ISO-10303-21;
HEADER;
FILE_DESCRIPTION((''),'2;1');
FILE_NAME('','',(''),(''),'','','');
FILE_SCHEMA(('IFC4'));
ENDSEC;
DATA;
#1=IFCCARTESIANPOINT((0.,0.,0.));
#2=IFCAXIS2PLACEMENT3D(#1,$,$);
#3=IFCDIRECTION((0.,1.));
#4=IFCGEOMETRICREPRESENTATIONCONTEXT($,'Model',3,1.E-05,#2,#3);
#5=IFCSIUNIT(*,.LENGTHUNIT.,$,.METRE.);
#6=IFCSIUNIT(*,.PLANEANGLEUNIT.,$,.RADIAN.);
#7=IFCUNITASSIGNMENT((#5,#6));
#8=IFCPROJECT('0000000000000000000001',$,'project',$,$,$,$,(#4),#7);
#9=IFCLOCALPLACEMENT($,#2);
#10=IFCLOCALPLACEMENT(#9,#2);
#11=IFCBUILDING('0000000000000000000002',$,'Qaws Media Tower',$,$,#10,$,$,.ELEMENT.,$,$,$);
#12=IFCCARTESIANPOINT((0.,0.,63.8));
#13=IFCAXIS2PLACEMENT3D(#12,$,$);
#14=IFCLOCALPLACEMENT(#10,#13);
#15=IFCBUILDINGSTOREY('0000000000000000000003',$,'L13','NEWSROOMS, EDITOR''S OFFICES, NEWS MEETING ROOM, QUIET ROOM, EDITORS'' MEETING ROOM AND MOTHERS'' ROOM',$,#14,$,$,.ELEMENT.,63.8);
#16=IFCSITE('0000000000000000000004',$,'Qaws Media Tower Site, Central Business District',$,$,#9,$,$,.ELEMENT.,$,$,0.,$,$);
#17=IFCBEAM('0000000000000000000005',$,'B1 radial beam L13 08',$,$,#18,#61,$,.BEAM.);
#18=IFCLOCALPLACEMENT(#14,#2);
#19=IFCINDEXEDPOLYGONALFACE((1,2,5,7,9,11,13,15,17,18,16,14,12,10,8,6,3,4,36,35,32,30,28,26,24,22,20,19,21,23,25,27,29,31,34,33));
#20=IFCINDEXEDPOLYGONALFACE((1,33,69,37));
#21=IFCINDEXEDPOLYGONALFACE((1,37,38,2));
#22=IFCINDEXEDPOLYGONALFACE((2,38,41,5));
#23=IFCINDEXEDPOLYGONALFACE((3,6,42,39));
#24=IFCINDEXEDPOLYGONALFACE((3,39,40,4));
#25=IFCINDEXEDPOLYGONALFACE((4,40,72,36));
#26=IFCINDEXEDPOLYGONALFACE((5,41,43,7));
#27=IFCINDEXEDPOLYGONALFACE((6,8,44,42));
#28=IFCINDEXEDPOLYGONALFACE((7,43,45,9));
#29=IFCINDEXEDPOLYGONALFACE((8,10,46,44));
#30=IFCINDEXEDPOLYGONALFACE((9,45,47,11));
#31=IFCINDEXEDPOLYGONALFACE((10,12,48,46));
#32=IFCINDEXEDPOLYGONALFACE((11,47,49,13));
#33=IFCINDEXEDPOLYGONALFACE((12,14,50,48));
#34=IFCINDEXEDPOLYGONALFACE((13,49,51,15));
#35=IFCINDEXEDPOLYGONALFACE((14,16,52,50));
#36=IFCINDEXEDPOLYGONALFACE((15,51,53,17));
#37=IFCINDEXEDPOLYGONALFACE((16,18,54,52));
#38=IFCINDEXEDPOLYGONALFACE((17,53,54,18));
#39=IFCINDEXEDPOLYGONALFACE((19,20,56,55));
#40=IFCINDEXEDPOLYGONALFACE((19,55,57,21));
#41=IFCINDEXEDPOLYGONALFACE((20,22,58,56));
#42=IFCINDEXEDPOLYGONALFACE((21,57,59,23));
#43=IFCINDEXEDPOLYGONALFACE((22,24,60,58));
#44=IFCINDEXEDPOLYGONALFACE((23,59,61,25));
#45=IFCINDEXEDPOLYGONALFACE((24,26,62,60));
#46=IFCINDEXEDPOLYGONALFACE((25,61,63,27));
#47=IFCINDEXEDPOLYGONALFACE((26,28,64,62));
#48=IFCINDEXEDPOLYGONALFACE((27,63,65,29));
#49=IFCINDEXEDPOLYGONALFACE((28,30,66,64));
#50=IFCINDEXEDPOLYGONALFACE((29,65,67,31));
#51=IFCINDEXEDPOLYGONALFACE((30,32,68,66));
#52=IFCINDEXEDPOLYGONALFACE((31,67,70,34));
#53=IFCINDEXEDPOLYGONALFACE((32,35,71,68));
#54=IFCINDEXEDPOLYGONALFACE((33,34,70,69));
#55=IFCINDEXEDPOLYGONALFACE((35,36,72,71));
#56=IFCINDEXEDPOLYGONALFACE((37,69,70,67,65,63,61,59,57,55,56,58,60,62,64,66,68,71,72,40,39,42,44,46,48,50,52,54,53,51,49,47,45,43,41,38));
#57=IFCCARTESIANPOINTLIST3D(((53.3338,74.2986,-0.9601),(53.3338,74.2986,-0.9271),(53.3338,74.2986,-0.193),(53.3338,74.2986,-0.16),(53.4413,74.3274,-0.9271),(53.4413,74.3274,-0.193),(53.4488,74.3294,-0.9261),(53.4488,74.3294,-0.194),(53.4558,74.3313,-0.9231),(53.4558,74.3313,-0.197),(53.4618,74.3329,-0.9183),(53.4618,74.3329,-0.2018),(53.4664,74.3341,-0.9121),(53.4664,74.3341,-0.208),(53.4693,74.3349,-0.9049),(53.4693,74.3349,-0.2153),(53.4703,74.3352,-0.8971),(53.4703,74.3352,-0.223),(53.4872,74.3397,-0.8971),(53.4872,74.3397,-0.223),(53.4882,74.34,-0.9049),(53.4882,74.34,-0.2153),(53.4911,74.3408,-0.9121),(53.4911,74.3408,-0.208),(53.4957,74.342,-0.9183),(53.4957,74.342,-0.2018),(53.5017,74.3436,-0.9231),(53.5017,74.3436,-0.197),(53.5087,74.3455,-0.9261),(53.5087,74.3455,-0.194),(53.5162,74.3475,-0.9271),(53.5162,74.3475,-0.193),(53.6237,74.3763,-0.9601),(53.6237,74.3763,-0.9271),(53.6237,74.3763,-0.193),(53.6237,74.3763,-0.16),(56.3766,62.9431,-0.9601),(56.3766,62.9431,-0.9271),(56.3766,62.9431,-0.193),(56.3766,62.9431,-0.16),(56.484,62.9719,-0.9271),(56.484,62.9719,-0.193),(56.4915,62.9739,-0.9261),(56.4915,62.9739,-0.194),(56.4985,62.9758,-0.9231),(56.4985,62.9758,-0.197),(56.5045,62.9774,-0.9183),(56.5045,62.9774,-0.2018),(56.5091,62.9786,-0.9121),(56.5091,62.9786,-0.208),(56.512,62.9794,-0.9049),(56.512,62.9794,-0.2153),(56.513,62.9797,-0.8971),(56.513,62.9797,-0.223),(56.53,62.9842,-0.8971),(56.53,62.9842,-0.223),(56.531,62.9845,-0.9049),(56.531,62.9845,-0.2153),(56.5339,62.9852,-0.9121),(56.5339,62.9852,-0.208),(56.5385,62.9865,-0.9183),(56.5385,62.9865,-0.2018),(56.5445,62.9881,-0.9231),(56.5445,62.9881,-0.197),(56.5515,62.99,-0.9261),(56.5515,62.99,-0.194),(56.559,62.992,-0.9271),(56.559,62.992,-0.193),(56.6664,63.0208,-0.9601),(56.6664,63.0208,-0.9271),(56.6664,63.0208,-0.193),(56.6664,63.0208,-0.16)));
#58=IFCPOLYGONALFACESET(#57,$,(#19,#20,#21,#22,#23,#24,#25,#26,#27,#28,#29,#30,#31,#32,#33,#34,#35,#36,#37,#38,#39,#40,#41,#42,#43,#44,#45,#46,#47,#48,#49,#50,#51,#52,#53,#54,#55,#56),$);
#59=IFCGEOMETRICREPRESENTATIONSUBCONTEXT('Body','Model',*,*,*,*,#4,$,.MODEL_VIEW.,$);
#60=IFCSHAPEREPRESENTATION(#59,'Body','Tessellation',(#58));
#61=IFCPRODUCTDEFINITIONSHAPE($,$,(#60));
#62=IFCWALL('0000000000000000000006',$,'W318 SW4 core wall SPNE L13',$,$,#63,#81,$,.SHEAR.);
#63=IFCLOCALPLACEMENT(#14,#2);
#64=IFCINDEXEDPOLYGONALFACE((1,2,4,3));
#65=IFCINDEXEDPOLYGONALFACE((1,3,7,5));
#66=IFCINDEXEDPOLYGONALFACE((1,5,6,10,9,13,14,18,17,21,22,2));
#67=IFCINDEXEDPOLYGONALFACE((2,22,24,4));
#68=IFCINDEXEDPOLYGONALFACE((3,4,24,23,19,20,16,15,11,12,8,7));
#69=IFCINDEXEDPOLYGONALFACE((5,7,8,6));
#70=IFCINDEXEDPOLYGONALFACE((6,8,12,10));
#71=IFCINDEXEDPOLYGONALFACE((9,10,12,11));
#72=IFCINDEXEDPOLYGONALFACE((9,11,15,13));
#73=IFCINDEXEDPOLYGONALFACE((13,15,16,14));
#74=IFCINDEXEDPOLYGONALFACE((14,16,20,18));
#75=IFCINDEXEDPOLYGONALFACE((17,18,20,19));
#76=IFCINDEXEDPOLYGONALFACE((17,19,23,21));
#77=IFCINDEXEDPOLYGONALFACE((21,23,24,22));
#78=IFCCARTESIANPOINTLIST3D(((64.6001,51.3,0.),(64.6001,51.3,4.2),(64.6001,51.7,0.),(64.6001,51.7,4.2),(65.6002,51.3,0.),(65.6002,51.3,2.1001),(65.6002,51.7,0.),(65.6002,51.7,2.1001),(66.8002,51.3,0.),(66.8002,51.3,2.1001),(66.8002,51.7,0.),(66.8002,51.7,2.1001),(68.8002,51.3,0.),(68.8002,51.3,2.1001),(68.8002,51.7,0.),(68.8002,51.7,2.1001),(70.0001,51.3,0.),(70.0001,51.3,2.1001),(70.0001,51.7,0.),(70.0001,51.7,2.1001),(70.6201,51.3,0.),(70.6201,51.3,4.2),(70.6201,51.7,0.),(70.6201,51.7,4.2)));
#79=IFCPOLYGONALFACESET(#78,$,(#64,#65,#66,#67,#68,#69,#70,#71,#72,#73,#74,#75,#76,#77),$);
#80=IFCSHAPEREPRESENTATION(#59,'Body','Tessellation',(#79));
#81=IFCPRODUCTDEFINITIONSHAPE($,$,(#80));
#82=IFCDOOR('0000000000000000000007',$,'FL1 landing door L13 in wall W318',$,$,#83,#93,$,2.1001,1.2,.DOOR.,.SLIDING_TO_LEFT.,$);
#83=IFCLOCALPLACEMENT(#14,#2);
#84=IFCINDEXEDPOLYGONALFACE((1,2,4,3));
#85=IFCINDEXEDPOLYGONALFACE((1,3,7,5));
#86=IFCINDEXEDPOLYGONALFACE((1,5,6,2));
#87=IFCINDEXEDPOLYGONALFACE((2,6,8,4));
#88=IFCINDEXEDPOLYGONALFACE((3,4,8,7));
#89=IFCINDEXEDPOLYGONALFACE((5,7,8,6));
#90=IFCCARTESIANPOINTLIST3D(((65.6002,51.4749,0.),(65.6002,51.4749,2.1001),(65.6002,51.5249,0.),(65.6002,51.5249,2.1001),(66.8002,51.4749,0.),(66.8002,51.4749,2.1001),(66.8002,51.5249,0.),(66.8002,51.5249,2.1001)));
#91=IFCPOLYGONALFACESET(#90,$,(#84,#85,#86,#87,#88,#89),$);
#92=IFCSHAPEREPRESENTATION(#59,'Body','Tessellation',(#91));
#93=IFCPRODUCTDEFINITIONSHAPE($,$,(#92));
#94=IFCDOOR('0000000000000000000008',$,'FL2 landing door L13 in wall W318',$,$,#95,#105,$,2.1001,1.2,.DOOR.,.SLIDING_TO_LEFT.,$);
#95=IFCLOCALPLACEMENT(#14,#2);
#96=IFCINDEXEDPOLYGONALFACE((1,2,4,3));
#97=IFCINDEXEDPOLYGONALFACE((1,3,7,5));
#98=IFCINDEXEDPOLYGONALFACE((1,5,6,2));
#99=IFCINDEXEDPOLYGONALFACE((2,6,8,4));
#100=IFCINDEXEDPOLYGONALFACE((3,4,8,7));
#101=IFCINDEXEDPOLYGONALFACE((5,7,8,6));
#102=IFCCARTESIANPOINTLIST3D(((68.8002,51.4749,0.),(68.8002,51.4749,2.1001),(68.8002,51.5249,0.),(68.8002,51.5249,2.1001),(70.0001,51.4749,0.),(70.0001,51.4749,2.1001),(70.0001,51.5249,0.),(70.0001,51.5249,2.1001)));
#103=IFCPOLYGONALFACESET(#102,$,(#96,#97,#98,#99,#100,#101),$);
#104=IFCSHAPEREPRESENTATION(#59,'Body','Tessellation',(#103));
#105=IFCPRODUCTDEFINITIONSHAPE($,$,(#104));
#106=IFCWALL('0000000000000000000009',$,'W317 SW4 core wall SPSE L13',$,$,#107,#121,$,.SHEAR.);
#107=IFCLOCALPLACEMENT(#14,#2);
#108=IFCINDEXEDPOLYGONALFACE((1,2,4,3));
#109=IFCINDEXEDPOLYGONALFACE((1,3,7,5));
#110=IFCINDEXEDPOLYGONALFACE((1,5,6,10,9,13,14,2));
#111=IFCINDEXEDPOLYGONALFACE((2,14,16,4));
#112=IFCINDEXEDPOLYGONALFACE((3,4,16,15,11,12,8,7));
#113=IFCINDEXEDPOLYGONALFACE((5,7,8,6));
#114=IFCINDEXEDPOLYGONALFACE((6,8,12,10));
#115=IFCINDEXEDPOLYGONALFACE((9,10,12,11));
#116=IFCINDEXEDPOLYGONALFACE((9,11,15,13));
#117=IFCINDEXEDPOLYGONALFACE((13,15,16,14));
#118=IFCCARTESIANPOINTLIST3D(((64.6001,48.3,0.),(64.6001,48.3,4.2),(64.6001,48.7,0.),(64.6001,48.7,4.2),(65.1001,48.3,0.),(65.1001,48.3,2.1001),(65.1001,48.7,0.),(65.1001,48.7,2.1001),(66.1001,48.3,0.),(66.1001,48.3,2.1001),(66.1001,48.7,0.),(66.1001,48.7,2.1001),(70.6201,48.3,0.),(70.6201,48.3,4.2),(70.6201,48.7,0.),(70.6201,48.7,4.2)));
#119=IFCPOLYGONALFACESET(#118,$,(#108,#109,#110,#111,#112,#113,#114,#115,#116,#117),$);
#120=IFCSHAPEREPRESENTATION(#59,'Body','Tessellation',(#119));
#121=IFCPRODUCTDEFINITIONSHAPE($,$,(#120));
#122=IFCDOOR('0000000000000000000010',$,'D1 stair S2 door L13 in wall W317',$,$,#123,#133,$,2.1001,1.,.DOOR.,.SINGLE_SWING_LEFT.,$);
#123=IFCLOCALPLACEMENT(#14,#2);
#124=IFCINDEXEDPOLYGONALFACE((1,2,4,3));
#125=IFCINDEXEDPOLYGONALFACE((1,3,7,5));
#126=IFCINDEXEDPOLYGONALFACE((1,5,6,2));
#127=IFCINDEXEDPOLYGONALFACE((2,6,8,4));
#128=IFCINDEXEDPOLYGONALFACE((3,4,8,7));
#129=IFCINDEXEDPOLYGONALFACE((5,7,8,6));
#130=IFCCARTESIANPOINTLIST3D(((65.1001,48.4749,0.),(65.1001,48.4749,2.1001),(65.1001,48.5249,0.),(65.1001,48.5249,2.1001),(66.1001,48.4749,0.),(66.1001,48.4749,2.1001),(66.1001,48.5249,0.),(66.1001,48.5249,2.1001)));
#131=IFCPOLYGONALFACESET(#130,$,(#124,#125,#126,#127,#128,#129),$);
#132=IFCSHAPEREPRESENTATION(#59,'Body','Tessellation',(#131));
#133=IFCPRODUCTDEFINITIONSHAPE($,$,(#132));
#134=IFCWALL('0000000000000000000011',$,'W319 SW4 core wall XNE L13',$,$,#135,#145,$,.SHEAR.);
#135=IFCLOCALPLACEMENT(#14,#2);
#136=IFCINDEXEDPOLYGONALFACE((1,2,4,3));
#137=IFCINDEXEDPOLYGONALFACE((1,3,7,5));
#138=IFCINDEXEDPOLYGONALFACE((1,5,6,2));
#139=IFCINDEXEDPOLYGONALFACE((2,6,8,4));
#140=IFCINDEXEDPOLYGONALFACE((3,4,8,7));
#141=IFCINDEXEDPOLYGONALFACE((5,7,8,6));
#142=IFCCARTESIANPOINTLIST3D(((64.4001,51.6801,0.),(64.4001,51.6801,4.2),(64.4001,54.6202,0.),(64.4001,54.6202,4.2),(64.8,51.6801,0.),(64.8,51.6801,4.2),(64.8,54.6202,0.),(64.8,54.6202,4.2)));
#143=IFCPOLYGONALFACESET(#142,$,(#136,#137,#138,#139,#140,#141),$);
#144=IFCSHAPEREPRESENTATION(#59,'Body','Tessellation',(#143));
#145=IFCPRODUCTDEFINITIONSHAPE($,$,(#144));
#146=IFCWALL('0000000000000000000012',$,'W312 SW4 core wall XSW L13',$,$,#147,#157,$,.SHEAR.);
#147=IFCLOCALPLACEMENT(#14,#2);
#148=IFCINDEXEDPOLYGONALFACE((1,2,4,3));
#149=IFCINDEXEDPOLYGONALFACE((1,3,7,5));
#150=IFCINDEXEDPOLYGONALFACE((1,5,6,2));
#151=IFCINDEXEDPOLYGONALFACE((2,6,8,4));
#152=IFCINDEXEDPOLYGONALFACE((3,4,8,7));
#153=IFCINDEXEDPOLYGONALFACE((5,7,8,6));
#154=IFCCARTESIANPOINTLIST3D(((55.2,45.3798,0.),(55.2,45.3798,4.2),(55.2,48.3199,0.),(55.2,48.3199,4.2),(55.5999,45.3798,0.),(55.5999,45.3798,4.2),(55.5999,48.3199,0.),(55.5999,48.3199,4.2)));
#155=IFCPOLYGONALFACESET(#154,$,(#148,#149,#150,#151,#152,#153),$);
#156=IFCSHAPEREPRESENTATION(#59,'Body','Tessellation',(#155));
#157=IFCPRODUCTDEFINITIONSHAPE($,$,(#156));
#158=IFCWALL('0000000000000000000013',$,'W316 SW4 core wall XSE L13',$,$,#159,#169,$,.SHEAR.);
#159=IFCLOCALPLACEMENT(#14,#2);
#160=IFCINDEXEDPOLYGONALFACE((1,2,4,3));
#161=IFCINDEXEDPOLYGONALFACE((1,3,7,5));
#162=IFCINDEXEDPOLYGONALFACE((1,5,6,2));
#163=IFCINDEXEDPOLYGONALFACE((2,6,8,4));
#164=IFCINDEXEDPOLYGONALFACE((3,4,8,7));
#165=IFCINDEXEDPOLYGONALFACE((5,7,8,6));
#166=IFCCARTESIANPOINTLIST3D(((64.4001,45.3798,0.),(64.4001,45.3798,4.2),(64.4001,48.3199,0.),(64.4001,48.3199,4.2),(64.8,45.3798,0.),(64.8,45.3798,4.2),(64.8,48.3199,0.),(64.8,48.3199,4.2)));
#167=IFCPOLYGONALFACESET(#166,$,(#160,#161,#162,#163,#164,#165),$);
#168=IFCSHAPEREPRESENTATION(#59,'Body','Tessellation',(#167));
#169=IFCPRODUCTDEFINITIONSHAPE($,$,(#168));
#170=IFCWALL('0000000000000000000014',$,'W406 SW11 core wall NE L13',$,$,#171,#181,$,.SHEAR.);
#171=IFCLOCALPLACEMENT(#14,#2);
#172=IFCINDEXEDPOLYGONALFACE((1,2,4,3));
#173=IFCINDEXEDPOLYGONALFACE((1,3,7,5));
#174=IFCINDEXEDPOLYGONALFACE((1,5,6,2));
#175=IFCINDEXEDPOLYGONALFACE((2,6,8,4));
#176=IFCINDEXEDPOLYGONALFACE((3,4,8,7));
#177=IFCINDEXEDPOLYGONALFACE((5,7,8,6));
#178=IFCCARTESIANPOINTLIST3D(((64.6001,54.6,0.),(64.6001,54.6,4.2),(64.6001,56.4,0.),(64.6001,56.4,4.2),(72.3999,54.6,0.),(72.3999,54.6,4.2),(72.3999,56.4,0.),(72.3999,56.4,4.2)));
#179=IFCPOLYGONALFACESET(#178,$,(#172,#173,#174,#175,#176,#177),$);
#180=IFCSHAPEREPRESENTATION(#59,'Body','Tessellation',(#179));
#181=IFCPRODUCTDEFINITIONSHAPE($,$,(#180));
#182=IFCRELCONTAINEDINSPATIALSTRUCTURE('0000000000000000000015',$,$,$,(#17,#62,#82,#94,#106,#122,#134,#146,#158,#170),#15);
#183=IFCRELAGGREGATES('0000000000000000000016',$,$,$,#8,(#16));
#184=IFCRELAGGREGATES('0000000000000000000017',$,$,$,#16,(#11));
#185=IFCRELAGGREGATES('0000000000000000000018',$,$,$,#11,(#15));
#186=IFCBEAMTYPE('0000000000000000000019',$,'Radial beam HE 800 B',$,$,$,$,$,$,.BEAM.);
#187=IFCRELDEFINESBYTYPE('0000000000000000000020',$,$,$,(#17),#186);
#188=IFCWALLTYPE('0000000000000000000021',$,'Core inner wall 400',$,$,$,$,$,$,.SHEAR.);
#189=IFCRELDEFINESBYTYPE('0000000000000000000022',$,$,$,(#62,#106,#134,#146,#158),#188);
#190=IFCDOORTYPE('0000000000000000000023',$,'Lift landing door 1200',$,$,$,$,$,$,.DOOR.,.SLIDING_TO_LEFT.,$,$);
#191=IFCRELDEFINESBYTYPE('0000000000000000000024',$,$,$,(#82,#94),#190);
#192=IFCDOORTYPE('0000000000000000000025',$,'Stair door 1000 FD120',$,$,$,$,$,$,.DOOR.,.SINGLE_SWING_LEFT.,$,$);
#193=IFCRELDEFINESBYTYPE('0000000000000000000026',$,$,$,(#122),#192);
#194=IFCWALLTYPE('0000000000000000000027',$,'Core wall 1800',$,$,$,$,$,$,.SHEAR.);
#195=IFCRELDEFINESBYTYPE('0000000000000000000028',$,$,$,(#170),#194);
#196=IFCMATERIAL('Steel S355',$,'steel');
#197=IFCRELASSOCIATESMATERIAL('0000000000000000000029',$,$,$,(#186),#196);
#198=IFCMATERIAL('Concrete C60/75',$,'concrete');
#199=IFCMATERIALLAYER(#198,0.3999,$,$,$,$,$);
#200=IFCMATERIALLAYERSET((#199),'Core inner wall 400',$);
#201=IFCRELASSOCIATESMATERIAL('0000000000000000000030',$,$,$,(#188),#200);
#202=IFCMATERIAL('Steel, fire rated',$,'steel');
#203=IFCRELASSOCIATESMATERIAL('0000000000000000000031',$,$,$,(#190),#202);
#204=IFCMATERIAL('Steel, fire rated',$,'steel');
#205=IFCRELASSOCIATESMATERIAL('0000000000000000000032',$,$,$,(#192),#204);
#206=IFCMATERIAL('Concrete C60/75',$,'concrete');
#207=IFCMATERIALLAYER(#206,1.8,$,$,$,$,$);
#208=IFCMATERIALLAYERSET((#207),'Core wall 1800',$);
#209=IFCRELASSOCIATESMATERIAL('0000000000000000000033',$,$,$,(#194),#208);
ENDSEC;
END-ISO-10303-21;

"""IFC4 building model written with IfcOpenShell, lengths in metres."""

from ifc_helpers import new_model, si_unit, direction, frame, frame_2d, origin, origin_2d, place, context, subcontext, project, spatial, rectangle, i_section, extrude, material, layer, layer_set, material_profile, profile_set, type_object, element, fill, save


model = new_model("IFC4")

# Units and contexts
model_context = context("Model", 3, precision=1e-05, world=origin(), true_north=direction((0.0, 1.0)))
body_context = subcontext(model_context, "Body", "Model", "MODEL_VIEW")
ifc_project = project(units=[si_unit("LENGTHUNIT", "METRE"), si_unit("PLANEANGLEUNIT", "RADIAN")], contexts=[model_context])

# Site, building, storey
site_placement = place(None, origin())
site = spatial("IfcSite", under=ifc_project, at=site_placement, Name="Qaws Media Tower Site, Central Business District", CompositionType="ELEMENT", RefElevation=0.0)
building_placement = place(site_placement, origin())
building = spatial("IfcBuilding", under=site, at=building_placement, Name="Qaws Media Tower", CompositionType="ELEMENT")
storey_placement = place(building_placement, frame((0.0, 0.0, 63.8)))
storey = spatial("IfcBuildingStorey", under=building, at=storey_placement, Name="L13", Description="NEWSROOMS, EDITOR'S OFFICES, NEWS MEETING ROOM, QUIET ROOM, EDITORS' MEETING ROOM AND MOTHERS' ROOM", CompositionType="ELEMENT", Elevation=63.8)

# Beam
ifc_material_1 = material(Name="Steel S355", Category="steel")
ifc_material_profile_1 = material_profile(ifc_material_1, i_section(OverallWidth=0.3, OverallDepth=0.8, WebThickness=0.0176, FlangeThickness=0.033, FilletRadius=0.03, at=origin_2d()), Name="HE 800 B")
ifc_profile_set_1 = profile_set([ifc_material_profile_1], Name="Steel S355")
beam_type_1 = type_object("IfcBeamType", Name="Radial beam HE 800 B", PredefinedType="BEAM", material=ifc_profile_set_1)
beam_1_placement = place(storey_placement, frame((56.5215, 62.9819, -0.5601), z_axis=(-0.258822, 0.965925, 0.0), x_axis=(-0.965925, -0.258822, 0.0)))
element("IfcBeam", 1, at=beam_1_placement, inside=storey, type_object=beam_type_1, Name="B1 radial beam L13 08", PredefinedType="BEAM", context=body_context, shape_type="SweptSolid", body=[
    extrude(i_section(OverallWidth=0.3, OverallDepth=0.8, WebThickness=0.0176, FlangeThickness=0.033, FilletRadius=0.03, at=origin_2d()), origin(), (0.0, 0.0, 1.0), 11.7561),
])

# Wall, openings, doors
ifc_material_2 = material(Name="Concrete C60/75", Category="concrete")
ifc_layer_1 = layer(ifc_material_2, 0.3999)
ifc_layer_set_1 = layer_set([ifc_layer_1], Name="Core inner wall 400")
wall_type_1 = type_object("IfcWallType", Name="Core inner wall 400", PredefinedType="SHEAR", material=ifc_layer_set_1)
wall_1_placement = place(storey_placement, frame((64.6001, 51.5, 0.0), z_axis=(0.0, 0.0, 1.0), x_axis=(1.0, 0.0, 0.0)))
wall_1 = element("IfcWall", 2, at=wall_1_placement, inside=storey, type_object=wall_type_1, Name="W318 SW4 core wall SPNE L13", PredefinedType="SHEAR", context=body_context, shape_type="SweptSolid", body=[
    extrude(rectangle(XDim=6.02, YDim=0.3999, at=frame_2d((3.01, 0.0))), origin(), (0.0, 0.0, 1.0), 4.2),
])
opening_1_placement = place(wall_1_placement, frame((1.0, 0.0, 0.0)))
opening_1 = element("IfcOpeningElement", 3, at=opening_1_placement, cuts=wall_1, PredefinedType="OPENING", context=body_context, shape_type="SweptSolid", body=[
    extrude(rectangle(XDim=1.2, YDim=2.1001, at=frame_2d((0.6001, 1.05))), frame((0.0, 0.21, 0.0), z_axis=(0.0, -1.0, 0.0), x_axis=(1.0, 0.0, 0.0)), (0.0, 0.0, 1.0), 0.4199),
])
opening_2_placement = place(wall_1_placement, frame((4.2, 0.0, 0.0)))
opening_2 = element("IfcOpeningElement", 4, at=opening_2_placement, cuts=wall_1, PredefinedType="OPENING", context=body_context, shape_type="SweptSolid", body=[
    extrude(rectangle(XDim=1.2, YDim=2.1001, at=frame_2d((0.6001, 1.05))), frame((0.0, 0.21, 0.0), z_axis=(0.0, -1.0, 0.0), x_axis=(1.0, 0.0, 0.0)), (0.0, 0.0, 1.0), 0.4199),
])
ifc_material_3 = material(Name="Steel, fire rated", Category="steel")
door_type_1 = type_object("IfcDoorType", Name="Lift landing door 1200", OperationType="SLIDING_TO_LEFT", PredefinedType="DOOR", material=ifc_material_3)
door_1_placement = place(opening_1_placement, origin())
door_1 = element("IfcDoor", 5, at=door_1_placement, inside=storey, type_object=door_type_1, Name="FL1 landing door L13 in wall W318", OperationType="SLIDING_TO_LEFT", OverallHeight=2.1001, OverallWidth=1.2, PredefinedType="DOOR", context=body_context, shape_type="SweptSolid", body=[
    extrude(rectangle(XDim=1.2, YDim=2.1001, at=frame_2d((0.6001, 1.05))), frame((0.0, 0.0249, 0.0), z_axis=(0.0, -1.0, 0.0), x_axis=(1.0, 0.0, 0.0)), (0.0, 0.0, 1.0), 0.05),
])
fill(opening_1, door_1)
door_2_placement = place(opening_2_placement, origin())
door_2 = element("IfcDoor", 6, at=door_2_placement, inside=storey, type_object=door_type_1, Name="FL2 landing door L13 in wall W318", OperationType="SLIDING_TO_LEFT", OverallHeight=2.1001, OverallWidth=1.2, PredefinedType="DOOR", context=body_context, shape_type="SweptSolid", body=[
    extrude(rectangle(XDim=1.2, YDim=2.1001, at=frame_2d((0.6001, 1.05))), frame((0.0, 0.0249, 0.0), z_axis=(0.0, -1.0, 0.0), x_axis=(1.0, 0.0, 0.0)), (0.0, 0.0, 1.0), 0.05),
])
fill(opening_2, door_2)

# Wall, opening, door
wall_2_placement = place(storey_placement, frame((64.6001, 48.5, 0.0), z_axis=(0.0, 0.0, 1.0), x_axis=(1.0, 0.0, 0.0)))
wall_2 = element("IfcWall", 7, at=wall_2_placement, inside=storey, type_object=wall_type_1, Name="W317 SW4 core wall SPSE L13", PredefinedType="SHEAR", context=body_context, shape_type="SweptSolid", body=[
    extrude(rectangle(XDim=6.02, YDim=0.3999, at=frame_2d((3.01, 0.0))), origin(), (0.0, 0.0, 1.0), 4.2),
])
opening_3_placement = place(wall_2_placement, frame((0.5, 0.0, 0.0)))
opening_3 = element("IfcOpeningElement", 8, at=opening_3_placement, cuts=wall_2, PredefinedType="OPENING", context=body_context, shape_type="SweptSolid", body=[
    extrude(rectangle(XDim=1.0, YDim=2.1001, at=frame_2d((0.5, 1.05))), frame((0.0, 0.21, 0.0), z_axis=(0.0, -1.0, 0.0), x_axis=(1.0, 0.0, 0.0)), (0.0, 0.0, 1.0), 0.4199),
])
ifc_material_4 = material(Name="Steel, fire rated", Category="steel")
door_type_2 = type_object("IfcDoorType", Name="Stair door 1000 FD120", OperationType="SINGLE_SWING_LEFT", PredefinedType="DOOR", material=ifc_material_4)
door_3_placement = place(opening_3_placement, origin())
door_3 = element("IfcDoor", 9, at=door_3_placement, inside=storey, type_object=door_type_2, Name="D1 stair S2 door L13 in wall W317", OperationType="SINGLE_SWING_LEFT", OverallHeight=2.1001, OverallWidth=1.0, PredefinedType="DOOR", context=body_context, shape_type="SweptSolid", body=[
    extrude(rectangle(XDim=1.0, YDim=2.1001, at=frame_2d((0.5, 1.05))), frame((0.0, 0.0249, 0.0), z_axis=(0.0, -1.0, 0.0), x_axis=(1.0, 0.0, 0.0)), (0.0, 0.0, 1.0), 0.05),
])
fill(opening_3, door_3)

# Walls
for number, where, z_axis, x_axis, name in (
    (10, (64.6001, 51.6799, 0.0), (0.0, 0.0, 1.0), (0.0, 1.0, 0.0), "W319 SW4 core wall XNE L13"),
    (11, (55.3999, 48.3201, 0.0), (0.0, 0.0, 1.0), (0.0, -1.0, 0.0), "W312 SW4 core wall XSW L13"),
    (12, (64.6001, 48.3201, 0.0), (0.0, 0.0, 1.0), (0.0, -1.0, 0.0), "W316 SW4 core wall XSE L13"),
):
    element("IfcWall", number, at=place(storey_placement, frame(where, z_axis=z_axis, x_axis=x_axis)), inside=storey, type_object=wall_type_1, Name=name, PredefinedType="SHEAR", context=body_context, shape_type="SweptSolid", body=[
        extrude(rectangle(XDim=2.9402, YDim=0.3999, at=frame_2d((1.4702, 0.0))), origin(), (0.0, 0.0, 1.0), 4.2),
    ])
ifc_material_5 = material(Name="Concrete C60/75", Category="concrete")
ifc_layer_2 = layer(ifc_material_5, 1.8)
ifc_layer_set_2 = layer_set([ifc_layer_2], Name="Core wall 1800")
wall_type_2 = type_object("IfcWallType", Name="Core wall 1800", PredefinedType="SHEAR", material=ifc_layer_set_2)
wall_3_placement = place(storey_placement, frame((64.6001, 55.5, 0.0), z_axis=(0.0, 0.0, 1.0), x_axis=(1.0, 0.0, 0.0)))
element("IfcWall", 13, at=wall_3_placement, inside=storey, type_object=wall_type_2, Name="W406 SW11 core wall NE L13", PredefinedType="SHEAR", context=body_context, shape_type="SweptSolid", body=[
    extrude(rectangle(XDim=7.7998, YDim=1.8, at=frame_2d((3.8999, 0.0))), origin(), (0.0, 0.0, 1.0), 4.2),
])

save(model, "model.ifc")
